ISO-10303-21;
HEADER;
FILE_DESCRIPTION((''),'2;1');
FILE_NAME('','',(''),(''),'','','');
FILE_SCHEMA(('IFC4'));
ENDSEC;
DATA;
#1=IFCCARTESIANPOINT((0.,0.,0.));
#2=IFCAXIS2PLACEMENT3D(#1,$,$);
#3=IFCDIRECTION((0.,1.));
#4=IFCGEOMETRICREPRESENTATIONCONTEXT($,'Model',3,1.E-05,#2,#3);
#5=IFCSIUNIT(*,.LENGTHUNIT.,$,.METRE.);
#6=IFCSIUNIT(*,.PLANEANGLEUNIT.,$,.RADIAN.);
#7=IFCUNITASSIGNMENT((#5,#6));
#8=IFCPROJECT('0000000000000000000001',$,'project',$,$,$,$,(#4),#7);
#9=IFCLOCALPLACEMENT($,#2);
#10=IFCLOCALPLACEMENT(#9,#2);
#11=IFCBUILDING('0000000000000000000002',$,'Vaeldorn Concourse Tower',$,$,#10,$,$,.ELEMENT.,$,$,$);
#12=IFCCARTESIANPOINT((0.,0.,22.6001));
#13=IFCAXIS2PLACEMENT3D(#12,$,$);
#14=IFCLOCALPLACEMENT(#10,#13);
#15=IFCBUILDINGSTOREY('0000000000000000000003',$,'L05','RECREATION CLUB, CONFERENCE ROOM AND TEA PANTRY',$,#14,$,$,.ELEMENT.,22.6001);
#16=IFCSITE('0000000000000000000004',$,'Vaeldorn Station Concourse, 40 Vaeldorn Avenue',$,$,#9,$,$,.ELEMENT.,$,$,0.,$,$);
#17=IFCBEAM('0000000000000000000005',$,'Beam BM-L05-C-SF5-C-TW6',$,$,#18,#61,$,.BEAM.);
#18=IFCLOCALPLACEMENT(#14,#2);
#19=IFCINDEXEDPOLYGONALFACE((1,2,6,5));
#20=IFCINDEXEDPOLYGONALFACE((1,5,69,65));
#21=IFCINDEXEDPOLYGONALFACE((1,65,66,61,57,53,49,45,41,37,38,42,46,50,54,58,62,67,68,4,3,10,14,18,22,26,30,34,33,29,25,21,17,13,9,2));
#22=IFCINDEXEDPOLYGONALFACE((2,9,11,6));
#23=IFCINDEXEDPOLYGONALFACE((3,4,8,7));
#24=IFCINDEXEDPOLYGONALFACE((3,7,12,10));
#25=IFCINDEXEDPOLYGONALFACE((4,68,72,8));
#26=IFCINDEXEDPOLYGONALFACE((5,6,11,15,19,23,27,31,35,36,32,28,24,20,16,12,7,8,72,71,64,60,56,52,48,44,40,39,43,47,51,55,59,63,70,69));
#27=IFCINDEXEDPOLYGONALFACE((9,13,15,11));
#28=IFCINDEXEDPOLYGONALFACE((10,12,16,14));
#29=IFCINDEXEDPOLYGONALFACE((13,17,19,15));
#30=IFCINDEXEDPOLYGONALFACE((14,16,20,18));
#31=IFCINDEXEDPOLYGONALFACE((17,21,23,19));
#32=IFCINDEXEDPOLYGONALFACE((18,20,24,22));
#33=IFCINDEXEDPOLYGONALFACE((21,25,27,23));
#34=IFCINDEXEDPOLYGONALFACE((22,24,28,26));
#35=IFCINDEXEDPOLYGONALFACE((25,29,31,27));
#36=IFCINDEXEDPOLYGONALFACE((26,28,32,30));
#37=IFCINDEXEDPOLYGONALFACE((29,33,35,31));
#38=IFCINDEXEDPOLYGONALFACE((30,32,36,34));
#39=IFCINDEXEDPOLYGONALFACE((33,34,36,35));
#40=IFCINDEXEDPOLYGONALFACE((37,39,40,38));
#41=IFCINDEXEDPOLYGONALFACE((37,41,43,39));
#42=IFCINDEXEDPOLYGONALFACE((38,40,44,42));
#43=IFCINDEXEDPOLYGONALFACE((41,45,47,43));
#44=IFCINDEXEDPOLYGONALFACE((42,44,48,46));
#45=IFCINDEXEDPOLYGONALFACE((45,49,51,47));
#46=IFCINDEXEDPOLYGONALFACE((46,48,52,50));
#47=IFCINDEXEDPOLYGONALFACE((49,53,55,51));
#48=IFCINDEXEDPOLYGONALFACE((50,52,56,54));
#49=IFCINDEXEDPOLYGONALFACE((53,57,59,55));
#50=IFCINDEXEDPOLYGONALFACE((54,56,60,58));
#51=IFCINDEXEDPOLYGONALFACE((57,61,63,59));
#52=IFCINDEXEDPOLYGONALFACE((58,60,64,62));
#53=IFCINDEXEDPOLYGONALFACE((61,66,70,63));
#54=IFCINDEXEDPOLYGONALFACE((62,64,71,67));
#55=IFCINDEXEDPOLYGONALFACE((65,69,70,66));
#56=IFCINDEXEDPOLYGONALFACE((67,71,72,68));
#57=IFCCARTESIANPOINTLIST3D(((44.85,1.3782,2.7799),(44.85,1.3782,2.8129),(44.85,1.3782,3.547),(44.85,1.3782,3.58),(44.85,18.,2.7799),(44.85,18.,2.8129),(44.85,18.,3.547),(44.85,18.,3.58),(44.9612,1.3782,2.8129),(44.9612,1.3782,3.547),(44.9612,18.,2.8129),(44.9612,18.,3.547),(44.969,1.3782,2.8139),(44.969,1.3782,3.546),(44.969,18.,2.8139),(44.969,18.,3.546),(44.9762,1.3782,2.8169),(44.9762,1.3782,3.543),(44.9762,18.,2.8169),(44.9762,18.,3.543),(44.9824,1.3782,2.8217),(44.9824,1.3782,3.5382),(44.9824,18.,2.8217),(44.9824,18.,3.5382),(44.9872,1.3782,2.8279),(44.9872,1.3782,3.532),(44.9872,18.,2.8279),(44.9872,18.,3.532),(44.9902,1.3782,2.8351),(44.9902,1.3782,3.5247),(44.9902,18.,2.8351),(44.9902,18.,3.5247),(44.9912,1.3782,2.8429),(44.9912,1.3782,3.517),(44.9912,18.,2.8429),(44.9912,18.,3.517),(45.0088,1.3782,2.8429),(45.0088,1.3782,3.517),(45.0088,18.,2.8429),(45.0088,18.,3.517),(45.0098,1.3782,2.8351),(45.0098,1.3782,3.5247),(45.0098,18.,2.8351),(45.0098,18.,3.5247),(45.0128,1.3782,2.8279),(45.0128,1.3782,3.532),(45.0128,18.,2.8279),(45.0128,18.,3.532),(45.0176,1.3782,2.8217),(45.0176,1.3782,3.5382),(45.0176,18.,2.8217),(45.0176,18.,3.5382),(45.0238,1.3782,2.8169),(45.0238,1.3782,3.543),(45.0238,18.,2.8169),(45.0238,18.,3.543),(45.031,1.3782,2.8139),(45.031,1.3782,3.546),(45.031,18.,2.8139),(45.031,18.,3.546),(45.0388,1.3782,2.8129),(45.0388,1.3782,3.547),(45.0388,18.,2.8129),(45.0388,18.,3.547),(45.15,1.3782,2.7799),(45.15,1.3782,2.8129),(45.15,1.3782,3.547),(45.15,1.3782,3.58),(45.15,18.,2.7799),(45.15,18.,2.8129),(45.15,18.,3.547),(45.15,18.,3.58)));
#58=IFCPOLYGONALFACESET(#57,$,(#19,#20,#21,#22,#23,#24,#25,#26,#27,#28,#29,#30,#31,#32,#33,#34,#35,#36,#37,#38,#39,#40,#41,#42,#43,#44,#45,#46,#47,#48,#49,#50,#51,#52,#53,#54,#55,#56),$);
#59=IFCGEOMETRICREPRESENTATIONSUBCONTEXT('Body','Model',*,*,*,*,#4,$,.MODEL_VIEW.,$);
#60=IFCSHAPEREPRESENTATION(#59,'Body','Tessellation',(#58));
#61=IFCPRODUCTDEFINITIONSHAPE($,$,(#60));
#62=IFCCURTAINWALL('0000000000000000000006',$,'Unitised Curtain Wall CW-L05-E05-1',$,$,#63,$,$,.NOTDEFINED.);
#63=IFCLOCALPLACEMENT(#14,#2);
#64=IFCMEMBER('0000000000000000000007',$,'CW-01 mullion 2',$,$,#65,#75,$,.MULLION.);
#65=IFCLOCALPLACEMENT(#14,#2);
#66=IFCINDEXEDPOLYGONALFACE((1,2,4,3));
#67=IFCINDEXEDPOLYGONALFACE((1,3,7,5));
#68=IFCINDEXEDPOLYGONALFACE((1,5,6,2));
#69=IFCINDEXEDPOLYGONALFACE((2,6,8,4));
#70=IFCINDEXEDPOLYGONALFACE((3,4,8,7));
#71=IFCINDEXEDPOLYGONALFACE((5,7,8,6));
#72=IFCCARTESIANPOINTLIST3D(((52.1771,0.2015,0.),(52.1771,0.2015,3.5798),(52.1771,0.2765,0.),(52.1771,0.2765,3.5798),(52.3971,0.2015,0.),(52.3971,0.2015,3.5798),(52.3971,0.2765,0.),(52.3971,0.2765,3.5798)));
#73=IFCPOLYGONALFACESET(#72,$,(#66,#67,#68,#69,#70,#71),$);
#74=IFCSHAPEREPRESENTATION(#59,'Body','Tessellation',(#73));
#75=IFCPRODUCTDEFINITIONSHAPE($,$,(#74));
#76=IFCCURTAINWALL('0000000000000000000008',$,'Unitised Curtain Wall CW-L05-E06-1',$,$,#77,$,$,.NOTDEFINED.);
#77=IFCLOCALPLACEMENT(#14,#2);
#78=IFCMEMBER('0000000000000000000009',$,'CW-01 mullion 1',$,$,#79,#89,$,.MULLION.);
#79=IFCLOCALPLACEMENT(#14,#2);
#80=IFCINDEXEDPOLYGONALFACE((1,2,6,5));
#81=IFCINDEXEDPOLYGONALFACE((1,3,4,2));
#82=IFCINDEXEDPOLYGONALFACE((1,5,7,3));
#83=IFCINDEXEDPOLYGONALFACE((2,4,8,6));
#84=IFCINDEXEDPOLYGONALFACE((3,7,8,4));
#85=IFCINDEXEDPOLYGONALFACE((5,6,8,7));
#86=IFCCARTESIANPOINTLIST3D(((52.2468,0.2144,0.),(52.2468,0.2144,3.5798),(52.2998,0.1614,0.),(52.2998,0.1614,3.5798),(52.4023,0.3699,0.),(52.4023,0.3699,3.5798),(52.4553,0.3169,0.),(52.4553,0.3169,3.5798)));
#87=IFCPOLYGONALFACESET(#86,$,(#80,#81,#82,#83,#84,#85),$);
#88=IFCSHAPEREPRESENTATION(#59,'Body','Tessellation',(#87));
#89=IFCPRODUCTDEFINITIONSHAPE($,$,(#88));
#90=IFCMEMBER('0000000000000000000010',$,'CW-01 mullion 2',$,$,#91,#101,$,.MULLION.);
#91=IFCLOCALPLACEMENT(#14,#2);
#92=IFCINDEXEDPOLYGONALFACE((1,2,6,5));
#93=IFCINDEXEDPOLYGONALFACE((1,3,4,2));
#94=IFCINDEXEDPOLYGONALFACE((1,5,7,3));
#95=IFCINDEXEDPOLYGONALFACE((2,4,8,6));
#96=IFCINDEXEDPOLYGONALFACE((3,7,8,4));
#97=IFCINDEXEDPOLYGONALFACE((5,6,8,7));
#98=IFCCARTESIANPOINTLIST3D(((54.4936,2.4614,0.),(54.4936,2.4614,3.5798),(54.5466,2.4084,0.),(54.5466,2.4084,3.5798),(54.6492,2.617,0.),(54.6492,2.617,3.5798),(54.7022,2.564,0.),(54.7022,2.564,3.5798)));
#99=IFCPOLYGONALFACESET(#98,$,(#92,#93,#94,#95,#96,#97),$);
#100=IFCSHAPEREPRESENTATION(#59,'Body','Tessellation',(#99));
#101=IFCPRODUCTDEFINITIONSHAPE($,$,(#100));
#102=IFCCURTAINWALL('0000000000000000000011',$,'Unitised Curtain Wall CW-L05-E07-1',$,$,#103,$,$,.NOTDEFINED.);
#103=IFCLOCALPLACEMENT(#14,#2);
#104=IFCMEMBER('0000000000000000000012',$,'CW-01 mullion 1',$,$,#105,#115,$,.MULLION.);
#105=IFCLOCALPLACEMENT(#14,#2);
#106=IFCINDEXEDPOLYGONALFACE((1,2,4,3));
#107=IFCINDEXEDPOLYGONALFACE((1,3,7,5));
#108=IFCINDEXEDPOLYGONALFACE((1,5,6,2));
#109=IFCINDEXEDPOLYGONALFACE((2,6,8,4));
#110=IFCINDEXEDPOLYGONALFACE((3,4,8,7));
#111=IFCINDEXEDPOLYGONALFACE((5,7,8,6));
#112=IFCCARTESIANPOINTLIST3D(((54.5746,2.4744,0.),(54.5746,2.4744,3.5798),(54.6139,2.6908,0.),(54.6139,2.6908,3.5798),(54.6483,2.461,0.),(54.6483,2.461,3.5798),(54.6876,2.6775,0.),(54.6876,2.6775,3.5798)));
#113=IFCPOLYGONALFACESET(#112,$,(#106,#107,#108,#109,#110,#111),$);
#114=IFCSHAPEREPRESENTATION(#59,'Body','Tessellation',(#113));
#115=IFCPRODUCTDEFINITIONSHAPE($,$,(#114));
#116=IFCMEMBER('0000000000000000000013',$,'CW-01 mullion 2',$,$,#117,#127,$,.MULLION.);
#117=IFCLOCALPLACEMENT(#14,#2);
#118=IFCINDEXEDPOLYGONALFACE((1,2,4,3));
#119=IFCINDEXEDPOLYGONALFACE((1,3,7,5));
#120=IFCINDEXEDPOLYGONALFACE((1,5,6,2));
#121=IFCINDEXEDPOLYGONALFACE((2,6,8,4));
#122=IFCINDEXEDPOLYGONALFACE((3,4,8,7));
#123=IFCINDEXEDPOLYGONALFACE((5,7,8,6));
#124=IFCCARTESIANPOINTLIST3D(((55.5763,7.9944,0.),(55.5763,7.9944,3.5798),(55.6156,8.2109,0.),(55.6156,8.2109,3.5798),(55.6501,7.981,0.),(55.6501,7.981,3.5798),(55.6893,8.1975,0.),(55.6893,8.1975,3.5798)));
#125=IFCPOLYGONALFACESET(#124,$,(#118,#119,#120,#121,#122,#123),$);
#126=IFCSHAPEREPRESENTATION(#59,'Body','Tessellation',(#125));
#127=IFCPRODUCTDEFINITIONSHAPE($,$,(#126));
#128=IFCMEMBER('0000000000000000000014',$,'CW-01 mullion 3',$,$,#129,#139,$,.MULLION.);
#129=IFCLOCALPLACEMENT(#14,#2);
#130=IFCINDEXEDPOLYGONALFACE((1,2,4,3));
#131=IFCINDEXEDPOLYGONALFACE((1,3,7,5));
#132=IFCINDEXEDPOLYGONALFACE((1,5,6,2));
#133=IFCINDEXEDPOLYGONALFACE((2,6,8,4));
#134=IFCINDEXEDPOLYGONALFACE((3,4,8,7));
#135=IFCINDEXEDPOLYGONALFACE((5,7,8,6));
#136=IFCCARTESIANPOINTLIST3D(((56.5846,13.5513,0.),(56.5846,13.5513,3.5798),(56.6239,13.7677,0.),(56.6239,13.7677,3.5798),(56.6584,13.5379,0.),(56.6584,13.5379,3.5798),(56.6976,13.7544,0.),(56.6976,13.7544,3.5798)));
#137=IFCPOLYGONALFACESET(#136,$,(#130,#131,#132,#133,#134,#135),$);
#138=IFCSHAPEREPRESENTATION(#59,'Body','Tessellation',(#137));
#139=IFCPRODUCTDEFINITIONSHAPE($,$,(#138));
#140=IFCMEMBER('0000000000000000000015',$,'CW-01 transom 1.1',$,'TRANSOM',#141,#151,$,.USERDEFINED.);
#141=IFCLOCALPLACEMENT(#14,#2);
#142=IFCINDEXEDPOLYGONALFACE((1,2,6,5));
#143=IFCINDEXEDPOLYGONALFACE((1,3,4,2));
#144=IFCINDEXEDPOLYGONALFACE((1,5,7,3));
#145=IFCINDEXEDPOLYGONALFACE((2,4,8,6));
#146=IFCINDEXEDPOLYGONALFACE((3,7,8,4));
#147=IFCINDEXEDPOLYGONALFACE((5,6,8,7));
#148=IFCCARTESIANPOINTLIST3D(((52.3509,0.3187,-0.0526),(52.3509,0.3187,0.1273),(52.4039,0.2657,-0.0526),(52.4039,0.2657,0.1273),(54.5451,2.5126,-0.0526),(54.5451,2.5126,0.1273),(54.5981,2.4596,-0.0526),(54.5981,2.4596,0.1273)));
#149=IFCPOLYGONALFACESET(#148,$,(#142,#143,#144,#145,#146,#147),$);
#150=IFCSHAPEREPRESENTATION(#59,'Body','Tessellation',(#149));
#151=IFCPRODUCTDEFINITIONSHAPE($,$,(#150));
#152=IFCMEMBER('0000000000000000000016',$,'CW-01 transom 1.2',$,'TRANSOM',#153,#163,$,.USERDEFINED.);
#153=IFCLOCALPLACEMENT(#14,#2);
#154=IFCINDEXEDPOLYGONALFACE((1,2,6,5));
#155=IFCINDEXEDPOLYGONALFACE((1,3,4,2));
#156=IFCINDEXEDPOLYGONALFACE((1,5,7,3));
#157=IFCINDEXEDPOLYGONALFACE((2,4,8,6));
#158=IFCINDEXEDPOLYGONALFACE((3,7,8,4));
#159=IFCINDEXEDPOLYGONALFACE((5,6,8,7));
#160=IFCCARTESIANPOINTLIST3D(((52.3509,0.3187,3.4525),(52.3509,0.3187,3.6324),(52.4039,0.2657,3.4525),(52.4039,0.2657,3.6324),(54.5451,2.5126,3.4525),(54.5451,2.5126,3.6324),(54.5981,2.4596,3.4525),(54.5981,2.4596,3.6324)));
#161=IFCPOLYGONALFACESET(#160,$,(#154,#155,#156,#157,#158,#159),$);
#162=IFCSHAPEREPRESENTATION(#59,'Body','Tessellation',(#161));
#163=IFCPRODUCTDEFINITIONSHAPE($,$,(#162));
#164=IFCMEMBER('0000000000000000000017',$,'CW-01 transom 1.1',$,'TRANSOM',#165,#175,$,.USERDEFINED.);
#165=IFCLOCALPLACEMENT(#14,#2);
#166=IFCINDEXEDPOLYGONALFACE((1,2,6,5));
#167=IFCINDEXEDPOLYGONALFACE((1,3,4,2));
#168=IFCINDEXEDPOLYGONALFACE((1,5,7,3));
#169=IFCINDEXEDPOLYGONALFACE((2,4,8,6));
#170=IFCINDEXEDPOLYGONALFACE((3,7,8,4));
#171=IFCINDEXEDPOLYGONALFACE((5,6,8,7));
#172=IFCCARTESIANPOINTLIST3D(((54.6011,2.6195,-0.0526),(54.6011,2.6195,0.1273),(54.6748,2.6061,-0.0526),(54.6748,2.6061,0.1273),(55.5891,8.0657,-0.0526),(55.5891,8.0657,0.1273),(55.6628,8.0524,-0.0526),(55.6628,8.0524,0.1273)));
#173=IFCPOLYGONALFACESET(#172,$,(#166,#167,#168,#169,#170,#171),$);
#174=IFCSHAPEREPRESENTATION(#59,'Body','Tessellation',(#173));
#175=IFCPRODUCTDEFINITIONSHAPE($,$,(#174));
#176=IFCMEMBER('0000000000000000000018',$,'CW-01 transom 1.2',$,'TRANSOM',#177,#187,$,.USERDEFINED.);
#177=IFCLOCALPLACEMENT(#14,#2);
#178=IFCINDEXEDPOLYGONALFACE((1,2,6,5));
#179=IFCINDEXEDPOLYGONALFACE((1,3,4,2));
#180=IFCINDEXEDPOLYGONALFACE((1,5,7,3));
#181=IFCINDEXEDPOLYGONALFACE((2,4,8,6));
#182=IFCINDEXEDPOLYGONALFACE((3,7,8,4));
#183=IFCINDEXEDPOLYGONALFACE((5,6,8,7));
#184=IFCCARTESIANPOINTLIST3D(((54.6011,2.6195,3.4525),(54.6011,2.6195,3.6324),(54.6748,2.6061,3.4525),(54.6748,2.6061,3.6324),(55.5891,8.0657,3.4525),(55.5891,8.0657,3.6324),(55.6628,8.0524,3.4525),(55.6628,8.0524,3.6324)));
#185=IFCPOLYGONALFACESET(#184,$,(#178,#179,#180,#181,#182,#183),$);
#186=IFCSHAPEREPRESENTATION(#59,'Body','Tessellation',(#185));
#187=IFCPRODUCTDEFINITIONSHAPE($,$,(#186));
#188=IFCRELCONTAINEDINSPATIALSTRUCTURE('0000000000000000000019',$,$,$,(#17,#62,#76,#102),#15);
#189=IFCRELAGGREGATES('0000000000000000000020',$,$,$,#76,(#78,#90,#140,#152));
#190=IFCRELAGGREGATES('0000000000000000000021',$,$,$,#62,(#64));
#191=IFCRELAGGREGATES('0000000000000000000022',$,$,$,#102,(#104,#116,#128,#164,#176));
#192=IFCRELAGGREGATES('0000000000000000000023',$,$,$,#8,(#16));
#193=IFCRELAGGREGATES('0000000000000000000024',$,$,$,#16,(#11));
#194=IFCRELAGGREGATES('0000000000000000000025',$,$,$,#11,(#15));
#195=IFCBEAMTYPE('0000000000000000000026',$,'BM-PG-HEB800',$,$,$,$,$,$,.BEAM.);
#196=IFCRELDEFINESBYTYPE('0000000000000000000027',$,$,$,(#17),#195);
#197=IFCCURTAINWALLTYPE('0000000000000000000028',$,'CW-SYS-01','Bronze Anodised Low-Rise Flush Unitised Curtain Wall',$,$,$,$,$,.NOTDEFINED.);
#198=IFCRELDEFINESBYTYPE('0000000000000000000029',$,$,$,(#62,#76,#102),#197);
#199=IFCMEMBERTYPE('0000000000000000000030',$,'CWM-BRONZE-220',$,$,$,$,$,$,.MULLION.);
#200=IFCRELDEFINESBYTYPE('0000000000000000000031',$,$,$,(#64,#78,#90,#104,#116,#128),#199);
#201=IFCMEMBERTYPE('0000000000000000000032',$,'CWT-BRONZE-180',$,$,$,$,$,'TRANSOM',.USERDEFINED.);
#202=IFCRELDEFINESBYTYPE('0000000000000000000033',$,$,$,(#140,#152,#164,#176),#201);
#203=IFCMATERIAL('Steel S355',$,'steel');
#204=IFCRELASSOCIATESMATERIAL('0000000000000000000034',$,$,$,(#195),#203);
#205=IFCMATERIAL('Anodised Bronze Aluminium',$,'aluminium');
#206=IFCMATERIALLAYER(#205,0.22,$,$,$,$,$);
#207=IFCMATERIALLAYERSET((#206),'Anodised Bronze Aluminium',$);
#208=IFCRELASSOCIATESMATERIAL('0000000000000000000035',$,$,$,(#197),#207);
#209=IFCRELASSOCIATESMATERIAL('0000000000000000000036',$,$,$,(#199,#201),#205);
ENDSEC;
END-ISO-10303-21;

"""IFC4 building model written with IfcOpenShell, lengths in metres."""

from ifc_helpers import new_model, si_unit, direction, frame, origin, origin_2d, place, context, subcontext, project, spatial, rectangle, i_section, extrude, source, transform, mapped, material, layer, layer_set, material_profile, profile_set, type_object, element, aggregate, save


model = new_model("IFC4")

# Units and contexts
model_context = context("Model", 3, precision=1e-05, world=origin(), true_north=direction((0.0, 1.0)))
body_context = subcontext(model_context, "Body", "Model", "MODEL_VIEW")
ifc_project = project(units=[si_unit("LENGTHUNIT", "METRE"), si_unit("PLANEANGLEUNIT", "RADIAN")], contexts=[model_context])

# Site, building, storey
site_placement = place(None, origin())
site = spatial("IfcSite", under=ifc_project, at=site_placement, Name="Vaeldorn Station Concourse, 40 Vaeldorn Avenue", CompositionType="ELEMENT", RefElevation=0.0)
building_placement = place(site_placement, origin())
building = spatial("IfcBuilding", under=site, at=building_placement, Name="Vaeldorn Concourse Tower", CompositionType="ELEMENT")
storey_placement = place(building_placement, frame((0.0, 0.0, 22.6001)))
storey = spatial("IfcBuildingStorey", under=building, at=storey_placement, Name="L05", Description="RECREATION CLUB, CONFERENCE ROOM AND TEA PANTRY", CompositionType="ELEMENT", Elevation=22.6001)

# Beam
ifc_material_1 = material(Name="Steel S355", Category="steel")
ifc_material_profile_1 = material_profile(ifc_material_1, i_section(OverallWidth=0.3, OverallDepth=0.8, WebThickness=0.0176, FlangeThickness=0.033, FilletRadius=0.03, at=origin_2d()), Name="HEB 800")
ifc_profile_set_1 = profile_set([ifc_material_profile_1], Name="Steel S355")
beam_type_1 = type_object("IfcBeamType", Name="BM-PG-HEB800", PredefinedType="BEAM", material=ifc_profile_set_1)
shared_shape_1 = source(origin(), body_context, "Body", "SweptSolid", [
    extrude(i_section(OverallWidth=0.3, OverallDepth=0.8, WebThickness=0.0176, FlangeThickness=0.033, FilletRadius=0.03, at=origin_2d()), origin(), (0.0, 0.0, 1.0), 16.6218),
])
beam_1_placement = place(storey_placement, frame((45.0, 1.3782, 3.1799), z_axis=(0.0, 1.0, 0.0), x_axis=(-1.0, 0.0, 0.0)))
element("IfcBeam", 1, at=beam_1_placement, inside=storey, type_object=beam_type_1, Name="Beam BM-L05-C-SF5-C-TW6", PredefinedType="BEAM", context=body_context, shape_type="MappedRepresentation", body=[
    mapped(shared_shape_1, transform((0.0, 0.0, 0.0), scale=1.0)),
])

# Curtain wall, member
ifc_material_2 = material(Name="Anodised Bronze Aluminium", Category="aluminium")
ifc_layer_1 = layer(ifc_material_2, 0.22)
ifc_layer_set_1 = layer_set([ifc_layer_1], Name="Anodised Bronze Aluminium")
curtain_wall_type = type_object("IfcCurtainWallType", Name="CW-SYS-01", Description="Bronze Anodised Low-Rise Flush Unitised Curtain Wall", PredefinedType="NOTDEFINED", material=ifc_layer_set_1)
curtain_wall_1_placement = place(storey_placement, origin())
curtain_wall_1 = element("IfcCurtainWall", 2, at=curtain_wall_1_placement, inside=storey, type_object=curtain_wall_type, Name="Unitised Curtain Wall CW-L05-E05-1", PredefinedType="NOTDEFINED")
ifc_material_profile_2 = material_profile(ifc_material_2, rectangle(XDim=0.075, YDim=0.22, at=origin_2d()), Name="CWM 75x220")
ifc_profile_set_2 = profile_set([ifc_material_profile_2], Name="Anodised Bronze Aluminium")
member_type_1 = type_object("IfcMemberType", Name="CWM-BRONZE-220", PredefinedType="MULLION", material=ifc_profile_set_2)
shared_shape_2 = source(origin(), body_context, "Body", "SweptSolid", [
    extrude(rectangle(XDim=0.075, YDim=0.22, at=origin_2d()), origin(), (0.0, 0.0, 1.0), 3.5798),
])
member_1_placement = place(storey_placement, frame((52.2871, 0.239, 0.0), z_axis=(0.0, 0.0, 1.0), x_axis=(0.0, 1.0, 0.0)))
member_1 = element("IfcMember", 3, at=member_1_placement, type_object=member_type_1, Name="CW-01 mullion 2", PredefinedType="MULLION", context=body_context, shape_type="MappedRepresentation", body=[
    mapped(shared_shape_2, transform((0.0, 0.0, 0.0), scale=1.0)),
])

# Curtain walls, members
curtain_wall_2_placement = place(storey_placement, origin())
curtain_wall_2 = element("IfcCurtainWall", 4, at=curtain_wall_2_placement, inside=storey, type_object=curtain_wall_type, Name="Unitised Curtain Wall CW-L05-E06-1", PredefinedType="NOTDEFINED")
member_2_placement = place(storey_placement, frame((52.3511, 0.2656, 0.0), z_axis=(0.0, 0.0, 1.0), x_axis=(-0.707107, 0.707107, 0.0)))
member_2 = element("IfcMember", 5, at=member_2_placement, type_object=member_type_1, Name="CW-01 mullion 1", PredefinedType="MULLION", context=body_context, shape_type="MappedRepresentation", body=[
    mapped(shared_shape_2, transform((0.0, 0.0, 0.0), scale=1.0)),
])
member_3_placement = place(storey_placement, frame((54.5979, 2.5127, 0.0), z_axis=(0.0, 0.0, 1.0), x_axis=(-0.707107, 0.707107, 0.0)))
member_3 = element("IfcMember", 6, at=member_3_placement, type_object=member_type_1, Name="CW-01 mullion 2", PredefinedType="MULLION", context=body_context, shape_type="MappedRepresentation", body=[
    mapped(shared_shape_2, transform((0.0, 0.0, 0.0), scale=1.0)),
])
curtain_wall_3_placement = place(storey_placement, origin())
curtain_wall_3 = element("IfcCurtainWall", 7, at=curtain_wall_3_placement, inside=storey, type_object=curtain_wall_type, Name="Unitised Curtain Wall CW-L05-E07-1", PredefinedType="NOTDEFINED")
member_4_placement = place(storey_placement, frame((54.6311, 2.5759, 0.0), z_axis=(0.0, 0.0, 1.0), x_axis=(-0.983935, 0.178526, 0.0)))
member_4 = element("IfcMember", 8, at=member_4_placement, type_object=member_type_1, Name="CW-01 mullion 1", PredefinedType="MULLION", context=body_context, shape_type="MappedRepresentation", body=[
    mapped(shared_shape_2, transform((0.0, 0.0, 0.0), scale=1.0)),
])
member_5_placement = place(storey_placement, frame((55.6328, 8.0959, 0.0), z_axis=(0.0, 0.0, 1.0), x_axis=(-0.983935, 0.178526, 0.0)))
member_5 = element("IfcMember", 9, at=member_5_placement, type_object=member_type_1, Name="CW-01 mullion 2", PredefinedType="MULLION", context=body_context, shape_type="MappedRepresentation", body=[
    mapped(shared_shape_2, transform((0.0, 0.0, 0.0), scale=1.0)),
])
member_6_placement = place(storey_placement, frame((56.6411, 13.6528, 0.0), z_axis=(0.0, 0.0, 1.0), x_axis=(-0.983935, 0.178526, 0.0)))
member_6 = element("IfcMember", 10, at=member_6_placement, type_object=member_type_1, Name="CW-01 mullion 3", PredefinedType="MULLION", context=body_context, shape_type="MappedRepresentation", body=[
    mapped(shared_shape_2, transform((0.0, 0.0, 0.0), scale=1.0)),
])

# Members
ifc_material_profile_3 = material_profile(ifc_material_2, rectangle(XDim=0.075, YDim=0.1799, at=origin_2d()), Name="CWT 75x180")
ifc_profile_set_3 = profile_set([ifc_material_profile_3], Name="Anodised Bronze Aluminium")
member_type_2 = type_object("IfcMemberType", Name="CWT-BRONZE-180", ElementType="TRANSOM", PredefinedType="USERDEFINED", material=ifc_profile_set_3)
shared_shape_3 = source(origin(), body_context, "Body", "SweptSolid", [
    extrude(rectangle(XDim=0.075, YDim=0.1799, at=origin_2d()), origin(), (0.0, 0.0, 1.0), 3.1028),
])
member_7_placement = place(storey_placement, frame((52.3774, 0.2922, 0.0374), z_axis=(0.707146, 0.707067, 0.0), x_axis=(-0.707067, 0.707146, 0.0)))
member_7 = element("IfcMember", 11, at=member_7_placement, type_object=member_type_2, Name="CW-01 transom 1.1", ObjectType="TRANSOM", PredefinedType="USERDEFINED", context=body_context, shape_type="MappedRepresentation", body=[
    mapped(shared_shape_3, transform((0.0, 0.0, 0.0), scale=1.0)),
])
member_8_placement = place(storey_placement, frame((52.3774, 0.2922, 3.5425), z_axis=(0.707146, 0.707067, 0.0), x_axis=(-0.707067, 0.707146, 0.0)))
member_8 = element("IfcMember", 12, at=member_8_placement, type_object=member_type_2, Name="CW-01 transom 1.2", ObjectType="TRANSOM", PredefinedType="USERDEFINED", context=body_context, shape_type="MappedRepresentation", body=[
    mapped(shared_shape_3, transform((0.0, 0.0, 0.0), scale=1.0)),
])
shared_shape_4 = source(origin(), body_context, "Body", "SweptSolid", [
    extrude(rectangle(XDim=0.075, YDim=0.1799, at=origin_2d()), origin(), (0.0, 0.0, 1.0), 5.5352),
])
member_9_placement = place(storey_placement, frame((54.6379, 2.6128, 0.0374), z_axis=(0.178501, 0.98394, 0.0), x_axis=(-0.98394, 0.178501, 0.0)))
member_9 = element("IfcMember", 13, at=member_9_placement, type_object=member_type_2, Name="CW-01 transom 1.1", ObjectType="TRANSOM", PredefinedType="USERDEFINED", context=body_context, shape_type="MappedRepresentation", body=[
    mapped(shared_shape_4, transform((0.0, 0.0, 0.0), scale=1.0)),
])
member_10_placement = place(storey_placement, frame((54.6379, 2.6128, 3.5425), z_axis=(0.178501, 0.98394, 0.0), x_axis=(-0.98394, 0.178501, 0.0)))
member_10 = element("IfcMember", 14, at=member_10_placement, type_object=member_type_2, Name="CW-01 transom 1.2", ObjectType="TRANSOM", PredefinedType="USERDEFINED", context=body_context, shape_type="MappedRepresentation", body=[
    mapped(shared_shape_4, transform((0.0, 0.0, 0.0), scale=1.0)),
])

aggregate(curtain_wall_2, [member_2, member_3, member_7, member_8])
aggregate(curtain_wall_1, [member_1])
aggregate(curtain_wall_3, [member_4, member_5, member_6, member_9, member_10])

save(model, "model.ifc")
